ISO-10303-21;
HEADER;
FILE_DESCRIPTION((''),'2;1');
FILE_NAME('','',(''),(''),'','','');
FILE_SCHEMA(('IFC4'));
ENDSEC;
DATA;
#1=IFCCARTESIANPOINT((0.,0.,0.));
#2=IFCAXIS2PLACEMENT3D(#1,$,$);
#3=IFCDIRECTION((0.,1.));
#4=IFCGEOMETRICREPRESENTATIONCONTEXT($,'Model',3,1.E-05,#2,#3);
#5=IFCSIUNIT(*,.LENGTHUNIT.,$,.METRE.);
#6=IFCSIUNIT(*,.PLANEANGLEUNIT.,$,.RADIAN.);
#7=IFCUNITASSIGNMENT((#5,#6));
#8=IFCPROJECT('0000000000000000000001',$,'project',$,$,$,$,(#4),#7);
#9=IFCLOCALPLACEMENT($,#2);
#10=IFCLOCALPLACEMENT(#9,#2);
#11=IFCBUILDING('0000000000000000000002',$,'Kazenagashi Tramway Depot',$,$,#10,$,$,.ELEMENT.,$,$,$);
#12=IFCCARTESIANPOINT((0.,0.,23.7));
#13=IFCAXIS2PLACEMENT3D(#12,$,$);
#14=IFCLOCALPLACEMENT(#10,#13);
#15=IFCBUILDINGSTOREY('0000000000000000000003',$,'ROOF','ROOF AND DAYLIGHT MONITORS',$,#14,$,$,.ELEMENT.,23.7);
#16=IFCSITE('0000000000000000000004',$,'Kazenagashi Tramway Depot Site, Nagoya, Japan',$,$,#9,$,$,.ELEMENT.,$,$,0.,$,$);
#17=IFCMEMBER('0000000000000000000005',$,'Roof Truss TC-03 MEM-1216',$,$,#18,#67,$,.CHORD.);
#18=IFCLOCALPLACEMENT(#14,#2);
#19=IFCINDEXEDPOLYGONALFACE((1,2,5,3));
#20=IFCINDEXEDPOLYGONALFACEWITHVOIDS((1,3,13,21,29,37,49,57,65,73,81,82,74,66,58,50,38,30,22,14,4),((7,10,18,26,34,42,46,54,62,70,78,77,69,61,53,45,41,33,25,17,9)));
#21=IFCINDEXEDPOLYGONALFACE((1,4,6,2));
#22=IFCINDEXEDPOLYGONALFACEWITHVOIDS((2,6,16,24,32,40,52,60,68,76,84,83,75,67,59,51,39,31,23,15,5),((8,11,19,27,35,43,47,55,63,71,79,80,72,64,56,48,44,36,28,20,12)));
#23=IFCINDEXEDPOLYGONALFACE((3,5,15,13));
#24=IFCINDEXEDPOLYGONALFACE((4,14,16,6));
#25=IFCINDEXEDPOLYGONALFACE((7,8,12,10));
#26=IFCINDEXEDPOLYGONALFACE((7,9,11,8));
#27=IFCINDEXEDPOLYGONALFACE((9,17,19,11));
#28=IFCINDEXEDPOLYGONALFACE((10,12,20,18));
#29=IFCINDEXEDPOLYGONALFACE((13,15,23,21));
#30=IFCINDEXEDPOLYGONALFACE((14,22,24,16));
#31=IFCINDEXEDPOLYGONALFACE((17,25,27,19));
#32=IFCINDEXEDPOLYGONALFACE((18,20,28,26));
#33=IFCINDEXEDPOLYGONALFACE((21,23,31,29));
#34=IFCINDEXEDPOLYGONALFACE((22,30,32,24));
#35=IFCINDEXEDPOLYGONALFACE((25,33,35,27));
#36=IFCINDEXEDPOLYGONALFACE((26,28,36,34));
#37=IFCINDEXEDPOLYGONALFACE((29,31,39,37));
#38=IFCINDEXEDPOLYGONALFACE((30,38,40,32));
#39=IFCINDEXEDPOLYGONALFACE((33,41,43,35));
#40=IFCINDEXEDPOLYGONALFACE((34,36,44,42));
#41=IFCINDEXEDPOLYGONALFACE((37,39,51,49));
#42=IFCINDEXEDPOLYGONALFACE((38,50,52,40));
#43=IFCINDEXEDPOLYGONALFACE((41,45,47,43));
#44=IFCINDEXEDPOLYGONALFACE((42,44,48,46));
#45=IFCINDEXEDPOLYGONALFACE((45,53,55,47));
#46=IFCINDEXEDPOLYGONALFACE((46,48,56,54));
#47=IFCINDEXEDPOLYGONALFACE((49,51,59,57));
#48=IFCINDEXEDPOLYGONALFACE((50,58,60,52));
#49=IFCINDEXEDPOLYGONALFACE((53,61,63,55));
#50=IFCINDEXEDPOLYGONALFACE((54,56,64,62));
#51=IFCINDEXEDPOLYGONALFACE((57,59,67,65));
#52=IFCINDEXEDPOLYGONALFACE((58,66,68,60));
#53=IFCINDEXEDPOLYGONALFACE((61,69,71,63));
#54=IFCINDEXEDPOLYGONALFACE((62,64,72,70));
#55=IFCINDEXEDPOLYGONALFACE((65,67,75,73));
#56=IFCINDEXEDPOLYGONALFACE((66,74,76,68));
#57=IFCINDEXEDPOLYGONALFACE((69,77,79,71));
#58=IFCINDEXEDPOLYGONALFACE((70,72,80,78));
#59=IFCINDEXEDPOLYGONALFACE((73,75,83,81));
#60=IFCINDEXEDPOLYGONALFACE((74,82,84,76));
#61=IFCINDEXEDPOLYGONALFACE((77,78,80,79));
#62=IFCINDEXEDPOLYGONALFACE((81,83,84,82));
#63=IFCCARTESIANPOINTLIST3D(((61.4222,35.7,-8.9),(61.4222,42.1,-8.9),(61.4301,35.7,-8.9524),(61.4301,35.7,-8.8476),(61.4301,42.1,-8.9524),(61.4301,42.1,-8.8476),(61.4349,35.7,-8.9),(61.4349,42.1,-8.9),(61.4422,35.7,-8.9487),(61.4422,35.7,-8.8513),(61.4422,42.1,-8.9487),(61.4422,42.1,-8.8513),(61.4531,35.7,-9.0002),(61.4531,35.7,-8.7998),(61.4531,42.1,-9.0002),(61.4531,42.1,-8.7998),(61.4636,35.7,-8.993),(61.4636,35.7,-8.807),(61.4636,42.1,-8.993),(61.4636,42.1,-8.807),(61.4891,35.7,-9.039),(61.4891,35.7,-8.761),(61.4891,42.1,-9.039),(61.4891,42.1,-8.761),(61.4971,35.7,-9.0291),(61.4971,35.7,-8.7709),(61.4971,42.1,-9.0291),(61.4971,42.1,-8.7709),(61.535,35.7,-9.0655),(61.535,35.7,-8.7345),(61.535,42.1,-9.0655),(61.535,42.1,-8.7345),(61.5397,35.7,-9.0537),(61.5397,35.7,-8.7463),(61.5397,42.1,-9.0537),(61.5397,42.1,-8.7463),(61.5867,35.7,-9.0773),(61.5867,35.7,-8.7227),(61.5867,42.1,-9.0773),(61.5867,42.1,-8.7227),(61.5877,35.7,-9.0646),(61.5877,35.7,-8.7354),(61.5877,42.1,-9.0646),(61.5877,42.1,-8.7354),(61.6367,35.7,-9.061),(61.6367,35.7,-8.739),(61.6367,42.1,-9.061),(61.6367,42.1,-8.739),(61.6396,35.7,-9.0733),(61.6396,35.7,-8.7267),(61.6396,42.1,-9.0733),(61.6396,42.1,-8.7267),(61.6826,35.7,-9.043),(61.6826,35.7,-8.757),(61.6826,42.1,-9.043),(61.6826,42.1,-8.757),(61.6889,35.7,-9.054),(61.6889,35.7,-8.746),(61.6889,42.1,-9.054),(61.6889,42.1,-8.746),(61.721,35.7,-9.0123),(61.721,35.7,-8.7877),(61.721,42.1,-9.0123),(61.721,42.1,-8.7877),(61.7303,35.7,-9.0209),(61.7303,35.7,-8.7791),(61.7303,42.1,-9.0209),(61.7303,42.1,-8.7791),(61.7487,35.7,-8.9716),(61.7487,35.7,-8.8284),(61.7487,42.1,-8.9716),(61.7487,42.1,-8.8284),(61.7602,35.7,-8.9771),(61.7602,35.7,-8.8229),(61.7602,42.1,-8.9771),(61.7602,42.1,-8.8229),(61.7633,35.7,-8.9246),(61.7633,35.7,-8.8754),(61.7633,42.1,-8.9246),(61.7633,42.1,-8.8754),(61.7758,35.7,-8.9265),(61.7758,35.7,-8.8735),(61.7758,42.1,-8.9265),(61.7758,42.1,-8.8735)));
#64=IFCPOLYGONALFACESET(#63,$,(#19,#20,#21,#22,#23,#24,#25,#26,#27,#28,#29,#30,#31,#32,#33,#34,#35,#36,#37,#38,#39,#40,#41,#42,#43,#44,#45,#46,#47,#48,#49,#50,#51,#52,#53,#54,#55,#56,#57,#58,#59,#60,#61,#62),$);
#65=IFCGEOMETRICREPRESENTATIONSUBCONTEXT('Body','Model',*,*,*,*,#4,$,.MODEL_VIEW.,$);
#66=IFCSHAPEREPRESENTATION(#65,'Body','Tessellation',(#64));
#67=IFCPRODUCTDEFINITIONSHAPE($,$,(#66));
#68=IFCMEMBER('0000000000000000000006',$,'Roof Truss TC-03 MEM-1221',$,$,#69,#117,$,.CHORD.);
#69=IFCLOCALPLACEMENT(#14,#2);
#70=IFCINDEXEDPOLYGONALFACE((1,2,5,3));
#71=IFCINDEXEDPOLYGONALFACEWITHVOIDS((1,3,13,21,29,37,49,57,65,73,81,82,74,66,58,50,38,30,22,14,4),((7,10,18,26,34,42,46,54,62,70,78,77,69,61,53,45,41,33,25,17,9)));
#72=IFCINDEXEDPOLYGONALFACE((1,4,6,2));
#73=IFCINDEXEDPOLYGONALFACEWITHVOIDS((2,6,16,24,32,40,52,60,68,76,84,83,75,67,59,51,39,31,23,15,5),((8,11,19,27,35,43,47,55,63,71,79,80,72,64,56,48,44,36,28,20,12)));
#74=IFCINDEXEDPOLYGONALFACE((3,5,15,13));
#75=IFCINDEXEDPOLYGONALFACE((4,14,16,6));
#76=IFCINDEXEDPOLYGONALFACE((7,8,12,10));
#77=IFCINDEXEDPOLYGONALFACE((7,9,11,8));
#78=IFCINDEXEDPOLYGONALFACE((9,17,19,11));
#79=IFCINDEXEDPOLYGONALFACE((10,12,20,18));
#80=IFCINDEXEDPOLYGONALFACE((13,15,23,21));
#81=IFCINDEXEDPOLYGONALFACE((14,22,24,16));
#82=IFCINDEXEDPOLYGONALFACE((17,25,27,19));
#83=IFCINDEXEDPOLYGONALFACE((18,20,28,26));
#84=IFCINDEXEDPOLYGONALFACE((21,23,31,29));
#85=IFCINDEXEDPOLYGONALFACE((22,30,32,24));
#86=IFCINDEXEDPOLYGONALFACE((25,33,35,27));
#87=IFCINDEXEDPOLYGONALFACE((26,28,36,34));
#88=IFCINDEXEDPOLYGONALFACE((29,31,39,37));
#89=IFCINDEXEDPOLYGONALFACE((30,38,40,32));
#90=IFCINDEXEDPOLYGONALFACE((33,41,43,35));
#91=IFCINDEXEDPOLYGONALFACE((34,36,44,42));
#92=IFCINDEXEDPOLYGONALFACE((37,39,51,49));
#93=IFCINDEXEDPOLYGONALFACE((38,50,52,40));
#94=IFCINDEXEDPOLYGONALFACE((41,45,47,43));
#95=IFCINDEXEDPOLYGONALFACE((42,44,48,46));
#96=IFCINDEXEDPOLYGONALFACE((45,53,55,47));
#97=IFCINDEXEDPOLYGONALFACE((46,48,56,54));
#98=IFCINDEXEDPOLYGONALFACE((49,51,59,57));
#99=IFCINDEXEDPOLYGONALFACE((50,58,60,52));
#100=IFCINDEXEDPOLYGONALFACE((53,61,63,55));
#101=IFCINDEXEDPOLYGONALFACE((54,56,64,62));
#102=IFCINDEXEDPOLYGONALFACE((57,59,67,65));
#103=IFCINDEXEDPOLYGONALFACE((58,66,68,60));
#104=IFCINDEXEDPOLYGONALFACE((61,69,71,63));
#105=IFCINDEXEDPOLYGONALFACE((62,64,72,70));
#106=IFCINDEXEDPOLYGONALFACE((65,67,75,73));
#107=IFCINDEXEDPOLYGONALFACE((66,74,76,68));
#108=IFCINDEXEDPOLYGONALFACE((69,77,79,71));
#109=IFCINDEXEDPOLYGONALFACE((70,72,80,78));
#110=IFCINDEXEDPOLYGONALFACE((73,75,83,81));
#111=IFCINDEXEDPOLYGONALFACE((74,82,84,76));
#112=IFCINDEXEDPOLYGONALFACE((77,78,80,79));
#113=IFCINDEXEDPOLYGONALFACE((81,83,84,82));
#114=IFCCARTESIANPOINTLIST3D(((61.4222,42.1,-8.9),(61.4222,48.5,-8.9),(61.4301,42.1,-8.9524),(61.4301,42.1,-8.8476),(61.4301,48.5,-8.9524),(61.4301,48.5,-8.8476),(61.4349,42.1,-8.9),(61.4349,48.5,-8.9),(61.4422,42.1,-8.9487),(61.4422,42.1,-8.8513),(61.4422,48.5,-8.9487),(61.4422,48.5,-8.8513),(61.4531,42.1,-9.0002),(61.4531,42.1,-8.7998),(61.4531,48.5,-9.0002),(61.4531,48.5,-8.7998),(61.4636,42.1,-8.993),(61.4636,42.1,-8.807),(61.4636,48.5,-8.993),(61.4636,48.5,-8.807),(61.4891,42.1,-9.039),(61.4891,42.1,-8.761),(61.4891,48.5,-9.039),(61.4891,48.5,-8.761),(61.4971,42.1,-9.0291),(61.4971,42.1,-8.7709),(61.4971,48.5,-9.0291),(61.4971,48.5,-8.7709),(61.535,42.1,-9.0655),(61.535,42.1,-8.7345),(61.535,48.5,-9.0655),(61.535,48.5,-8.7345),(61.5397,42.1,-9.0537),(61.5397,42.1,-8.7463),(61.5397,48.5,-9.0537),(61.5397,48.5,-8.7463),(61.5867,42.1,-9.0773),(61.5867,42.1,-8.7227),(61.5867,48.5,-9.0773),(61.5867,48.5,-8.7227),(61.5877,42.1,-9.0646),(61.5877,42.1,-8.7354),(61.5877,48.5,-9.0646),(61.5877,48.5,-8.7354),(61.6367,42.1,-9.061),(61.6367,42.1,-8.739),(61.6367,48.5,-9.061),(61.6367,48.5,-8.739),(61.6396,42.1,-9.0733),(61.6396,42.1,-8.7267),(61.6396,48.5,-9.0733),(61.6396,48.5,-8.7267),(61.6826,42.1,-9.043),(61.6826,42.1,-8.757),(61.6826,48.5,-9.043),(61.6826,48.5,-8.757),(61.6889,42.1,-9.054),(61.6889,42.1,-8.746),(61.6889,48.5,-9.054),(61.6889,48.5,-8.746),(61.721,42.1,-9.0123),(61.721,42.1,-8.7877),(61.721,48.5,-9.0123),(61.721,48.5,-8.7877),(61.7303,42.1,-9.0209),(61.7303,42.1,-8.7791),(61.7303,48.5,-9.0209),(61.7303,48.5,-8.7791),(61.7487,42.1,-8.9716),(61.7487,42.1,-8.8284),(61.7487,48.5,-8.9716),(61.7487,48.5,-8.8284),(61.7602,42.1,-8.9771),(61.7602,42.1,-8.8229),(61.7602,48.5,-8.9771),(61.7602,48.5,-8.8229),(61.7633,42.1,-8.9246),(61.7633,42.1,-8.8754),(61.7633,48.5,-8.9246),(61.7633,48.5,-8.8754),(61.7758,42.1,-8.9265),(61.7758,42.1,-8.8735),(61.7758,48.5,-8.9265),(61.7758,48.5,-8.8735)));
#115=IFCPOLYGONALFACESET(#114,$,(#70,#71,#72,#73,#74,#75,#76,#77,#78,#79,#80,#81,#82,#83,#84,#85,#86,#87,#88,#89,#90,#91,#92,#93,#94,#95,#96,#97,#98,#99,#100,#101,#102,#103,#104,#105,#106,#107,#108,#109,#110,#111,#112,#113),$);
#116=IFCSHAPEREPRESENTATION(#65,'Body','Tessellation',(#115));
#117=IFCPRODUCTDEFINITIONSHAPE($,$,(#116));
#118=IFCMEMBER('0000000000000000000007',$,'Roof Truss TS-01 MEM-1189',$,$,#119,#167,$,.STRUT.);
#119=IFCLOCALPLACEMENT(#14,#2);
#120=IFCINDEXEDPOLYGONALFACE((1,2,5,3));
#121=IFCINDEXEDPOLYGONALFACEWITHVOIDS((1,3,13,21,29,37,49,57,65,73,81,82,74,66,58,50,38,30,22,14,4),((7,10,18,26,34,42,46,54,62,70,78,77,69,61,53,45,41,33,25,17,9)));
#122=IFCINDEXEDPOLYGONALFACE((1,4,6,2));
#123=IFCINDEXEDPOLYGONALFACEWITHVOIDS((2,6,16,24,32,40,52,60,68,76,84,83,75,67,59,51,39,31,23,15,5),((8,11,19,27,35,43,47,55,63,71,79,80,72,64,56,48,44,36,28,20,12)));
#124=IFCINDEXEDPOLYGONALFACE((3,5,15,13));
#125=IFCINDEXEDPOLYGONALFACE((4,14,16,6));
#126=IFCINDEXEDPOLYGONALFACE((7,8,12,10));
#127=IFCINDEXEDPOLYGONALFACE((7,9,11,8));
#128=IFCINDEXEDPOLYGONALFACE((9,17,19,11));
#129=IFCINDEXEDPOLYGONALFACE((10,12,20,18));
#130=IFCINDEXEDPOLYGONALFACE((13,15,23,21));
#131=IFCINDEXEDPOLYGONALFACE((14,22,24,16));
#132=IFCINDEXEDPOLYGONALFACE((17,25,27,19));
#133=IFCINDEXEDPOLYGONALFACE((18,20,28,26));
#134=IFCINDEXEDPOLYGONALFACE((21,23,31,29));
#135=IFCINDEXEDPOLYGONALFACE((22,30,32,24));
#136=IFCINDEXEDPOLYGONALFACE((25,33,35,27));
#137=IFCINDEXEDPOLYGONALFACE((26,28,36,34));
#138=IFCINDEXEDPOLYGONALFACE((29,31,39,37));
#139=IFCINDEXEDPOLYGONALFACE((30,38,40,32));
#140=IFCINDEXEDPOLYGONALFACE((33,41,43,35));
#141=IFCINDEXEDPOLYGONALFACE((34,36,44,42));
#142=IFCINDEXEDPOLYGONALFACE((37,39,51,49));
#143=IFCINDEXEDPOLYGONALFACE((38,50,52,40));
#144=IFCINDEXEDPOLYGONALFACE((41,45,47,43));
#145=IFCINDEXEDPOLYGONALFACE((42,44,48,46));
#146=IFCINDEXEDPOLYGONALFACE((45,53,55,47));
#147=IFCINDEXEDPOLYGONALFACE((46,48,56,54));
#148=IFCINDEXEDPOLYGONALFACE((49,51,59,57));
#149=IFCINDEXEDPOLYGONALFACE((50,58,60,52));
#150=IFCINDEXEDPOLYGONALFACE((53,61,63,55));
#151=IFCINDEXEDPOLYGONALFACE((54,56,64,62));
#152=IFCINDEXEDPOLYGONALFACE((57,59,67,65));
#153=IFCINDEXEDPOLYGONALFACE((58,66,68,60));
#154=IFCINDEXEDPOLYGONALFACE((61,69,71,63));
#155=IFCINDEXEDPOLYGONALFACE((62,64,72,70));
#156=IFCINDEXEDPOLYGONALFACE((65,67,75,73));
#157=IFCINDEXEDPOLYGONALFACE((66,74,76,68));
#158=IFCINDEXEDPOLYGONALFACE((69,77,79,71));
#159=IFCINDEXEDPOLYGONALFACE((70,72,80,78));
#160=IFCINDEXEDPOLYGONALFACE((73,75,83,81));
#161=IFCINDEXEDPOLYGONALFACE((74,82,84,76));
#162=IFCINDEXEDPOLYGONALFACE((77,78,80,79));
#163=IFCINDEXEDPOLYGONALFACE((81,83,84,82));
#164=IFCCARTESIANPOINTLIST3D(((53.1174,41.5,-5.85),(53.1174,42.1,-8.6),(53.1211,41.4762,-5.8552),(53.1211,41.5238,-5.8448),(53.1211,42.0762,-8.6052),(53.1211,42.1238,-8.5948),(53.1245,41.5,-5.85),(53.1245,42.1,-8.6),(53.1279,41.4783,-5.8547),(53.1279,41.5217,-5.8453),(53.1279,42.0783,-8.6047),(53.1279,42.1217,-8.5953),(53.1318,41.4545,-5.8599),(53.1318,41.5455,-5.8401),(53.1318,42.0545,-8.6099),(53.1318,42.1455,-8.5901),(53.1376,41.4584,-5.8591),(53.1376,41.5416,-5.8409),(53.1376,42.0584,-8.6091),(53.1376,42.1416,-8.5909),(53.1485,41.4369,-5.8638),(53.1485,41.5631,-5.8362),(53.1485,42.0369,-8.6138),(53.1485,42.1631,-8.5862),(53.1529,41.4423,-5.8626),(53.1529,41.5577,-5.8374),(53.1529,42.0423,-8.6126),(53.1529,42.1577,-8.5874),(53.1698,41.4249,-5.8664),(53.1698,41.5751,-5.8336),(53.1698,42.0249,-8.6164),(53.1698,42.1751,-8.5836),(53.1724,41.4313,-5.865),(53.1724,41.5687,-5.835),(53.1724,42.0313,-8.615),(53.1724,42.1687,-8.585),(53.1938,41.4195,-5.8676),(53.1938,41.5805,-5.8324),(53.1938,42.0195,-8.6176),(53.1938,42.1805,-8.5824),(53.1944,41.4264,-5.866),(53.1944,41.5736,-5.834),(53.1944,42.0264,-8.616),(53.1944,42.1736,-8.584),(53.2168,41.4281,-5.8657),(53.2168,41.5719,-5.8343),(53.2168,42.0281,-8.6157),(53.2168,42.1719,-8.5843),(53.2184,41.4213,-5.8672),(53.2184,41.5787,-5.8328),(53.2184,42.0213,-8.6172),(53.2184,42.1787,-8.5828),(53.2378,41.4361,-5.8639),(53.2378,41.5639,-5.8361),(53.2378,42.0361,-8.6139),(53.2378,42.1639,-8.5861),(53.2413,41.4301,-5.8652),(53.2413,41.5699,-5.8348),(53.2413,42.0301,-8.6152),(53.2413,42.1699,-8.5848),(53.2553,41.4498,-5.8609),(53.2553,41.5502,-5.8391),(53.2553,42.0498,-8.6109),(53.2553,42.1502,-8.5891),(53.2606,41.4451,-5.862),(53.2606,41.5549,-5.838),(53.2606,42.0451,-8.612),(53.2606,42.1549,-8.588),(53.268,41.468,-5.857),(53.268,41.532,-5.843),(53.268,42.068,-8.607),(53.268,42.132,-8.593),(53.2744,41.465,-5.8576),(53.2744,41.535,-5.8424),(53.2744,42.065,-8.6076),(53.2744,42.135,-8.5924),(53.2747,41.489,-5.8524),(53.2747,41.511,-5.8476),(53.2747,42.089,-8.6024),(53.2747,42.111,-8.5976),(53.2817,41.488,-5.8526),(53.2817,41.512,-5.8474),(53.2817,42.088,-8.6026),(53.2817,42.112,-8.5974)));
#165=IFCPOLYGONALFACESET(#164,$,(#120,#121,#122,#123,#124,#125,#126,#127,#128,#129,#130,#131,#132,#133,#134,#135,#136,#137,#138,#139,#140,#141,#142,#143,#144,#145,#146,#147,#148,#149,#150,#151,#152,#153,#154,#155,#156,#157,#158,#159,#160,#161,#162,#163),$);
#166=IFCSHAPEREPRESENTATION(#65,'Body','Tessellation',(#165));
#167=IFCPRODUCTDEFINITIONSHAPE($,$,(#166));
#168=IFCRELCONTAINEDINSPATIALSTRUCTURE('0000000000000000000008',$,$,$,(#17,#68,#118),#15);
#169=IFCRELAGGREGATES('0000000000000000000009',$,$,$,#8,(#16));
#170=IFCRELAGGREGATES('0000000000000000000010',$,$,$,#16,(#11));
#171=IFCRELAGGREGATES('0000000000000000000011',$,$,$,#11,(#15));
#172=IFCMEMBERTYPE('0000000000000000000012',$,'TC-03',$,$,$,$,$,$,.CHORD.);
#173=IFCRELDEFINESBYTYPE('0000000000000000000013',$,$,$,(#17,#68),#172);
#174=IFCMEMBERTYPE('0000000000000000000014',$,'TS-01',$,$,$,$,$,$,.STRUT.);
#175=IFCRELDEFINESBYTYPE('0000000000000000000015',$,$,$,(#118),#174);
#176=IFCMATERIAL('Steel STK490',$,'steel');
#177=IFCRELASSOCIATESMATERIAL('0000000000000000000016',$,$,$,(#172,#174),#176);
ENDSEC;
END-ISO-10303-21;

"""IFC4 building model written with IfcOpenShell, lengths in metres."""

from ifc_helpers import new_model, si_unit, direction, frame, origin, origin_2d, place, context, subcontext, project, spatial, hollow_circle, extrude, material, material_profile, profile_set, type_object, element, save


model = new_model("IFC4")

# Units and contexts
model_context = context("Model", 3, precision=1e-05, world=origin(), true_north=direction((0.0, 1.0)))
body_context = subcontext(model_context, "Body", "Model", "MODEL_VIEW")
ifc_project = project(units=[si_unit("LENGTHUNIT", "METRE"), si_unit("PLANEANGLEUNIT", "RADIAN")], contexts=[model_context])

# Site, building, storey
site_placement = place(None, origin())
site = spatial("IfcSite", under=ifc_project, at=site_placement, Name="Kazenagashi Tramway Depot Site, Nagoya, Japan", CompositionType="ELEMENT", RefElevation=0.0)
building_placement = place(site_placement, origin())
building = spatial("IfcBuilding", under=site, at=building_placement, Name="Kazenagashi Tramway Depot", CompositionType="ELEMENT")
storey_placement = place(building_placement, frame((0.0, 0.0, 23.7)))
storey = spatial("IfcBuildingStorey", under=building, at=storey_placement, Name="ROOF", Description="ROOF AND DAYLIGHT MONITORS", CompositionType="ELEMENT", Elevation=23.7)

# Members
ifc_material_1 = material(Name="Steel STK490", Category="steel")
ifc_material_profile_1 = material_profile(ifc_material_1, hollow_circle(Radius=0.1778, WallThickness=0.0127, at=origin_2d()), Name="CHS-355.6x12.7")
ifc_profile_set_1 = profile_set([ifc_material_profile_1], Name="Steel STK490")
member_type_1 = type_object("IfcMemberType", Name="TC-03", PredefinedType="CHORD", material=ifc_profile_set_1)
for number, where, z_axis, x_axis, name in (
    (1, (61.6, 35.7, -8.9), (0.0, 1.0, 0.0), (-1.0, 0.0, 0.0), "Roof Truss TC-03 MEM-1216"),
    (2, (61.6, 42.1, -8.9), (0.0, 1.0, 0.0), (-1.0, 0.0, 0.0), "Roof Truss TC-03 MEM-1221"),
):
    element("IfcMember", number, at=place(storey_placement, frame(where, z_axis=z_axis, x_axis=x_axis)), inside=storey, type_object=member_type_1, Name=name, PredefinedType="CHORD", context=body_context, shape_type="SweptSolid", body=[
        extrude(hollow_circle(Radius=0.1778, WallThickness=0.0127, at=origin_2d()), origin(), (0.0, 0.0, 1.0), 6.4),
    ])
ifc_material_profile_2 = material_profile(ifc_material_1, hollow_circle(Radius=0.0826, WallThickness=0.0071, at=origin_2d()), Name="CHS-165.2x7.1")
ifc_profile_set_2 = profile_set([ifc_material_profile_2], Name="Steel STK490")
member_type_2 = type_object("IfcMemberType", Name="TS-01", PredefinedType="STRUT", material=ifc_profile_set_2)
for number, where, z_axis, x_axis, name in (
    (3, (53.2, 41.5, -5.85), (0.0, 0.213167, -0.977016), (-1.0, 0.0, 0.0), "Roof Truss TS-01 MEM-1189"),
):
    element("IfcMember", number, at=place(storey_placement, frame(where, z_axis=z_axis, x_axis=x_axis)), inside=storey, type_object=member_type_2, Name=name, PredefinedType="STRUT", context=body_context, shape_type="SweptSolid", body=[
        extrude(hollow_circle(Radius=0.0826, WallThickness=0.0071, at=origin_2d()), origin(), (0.0, 0.0, 1.0), 2.8147),
    ])

save(model, "model.ifc")
